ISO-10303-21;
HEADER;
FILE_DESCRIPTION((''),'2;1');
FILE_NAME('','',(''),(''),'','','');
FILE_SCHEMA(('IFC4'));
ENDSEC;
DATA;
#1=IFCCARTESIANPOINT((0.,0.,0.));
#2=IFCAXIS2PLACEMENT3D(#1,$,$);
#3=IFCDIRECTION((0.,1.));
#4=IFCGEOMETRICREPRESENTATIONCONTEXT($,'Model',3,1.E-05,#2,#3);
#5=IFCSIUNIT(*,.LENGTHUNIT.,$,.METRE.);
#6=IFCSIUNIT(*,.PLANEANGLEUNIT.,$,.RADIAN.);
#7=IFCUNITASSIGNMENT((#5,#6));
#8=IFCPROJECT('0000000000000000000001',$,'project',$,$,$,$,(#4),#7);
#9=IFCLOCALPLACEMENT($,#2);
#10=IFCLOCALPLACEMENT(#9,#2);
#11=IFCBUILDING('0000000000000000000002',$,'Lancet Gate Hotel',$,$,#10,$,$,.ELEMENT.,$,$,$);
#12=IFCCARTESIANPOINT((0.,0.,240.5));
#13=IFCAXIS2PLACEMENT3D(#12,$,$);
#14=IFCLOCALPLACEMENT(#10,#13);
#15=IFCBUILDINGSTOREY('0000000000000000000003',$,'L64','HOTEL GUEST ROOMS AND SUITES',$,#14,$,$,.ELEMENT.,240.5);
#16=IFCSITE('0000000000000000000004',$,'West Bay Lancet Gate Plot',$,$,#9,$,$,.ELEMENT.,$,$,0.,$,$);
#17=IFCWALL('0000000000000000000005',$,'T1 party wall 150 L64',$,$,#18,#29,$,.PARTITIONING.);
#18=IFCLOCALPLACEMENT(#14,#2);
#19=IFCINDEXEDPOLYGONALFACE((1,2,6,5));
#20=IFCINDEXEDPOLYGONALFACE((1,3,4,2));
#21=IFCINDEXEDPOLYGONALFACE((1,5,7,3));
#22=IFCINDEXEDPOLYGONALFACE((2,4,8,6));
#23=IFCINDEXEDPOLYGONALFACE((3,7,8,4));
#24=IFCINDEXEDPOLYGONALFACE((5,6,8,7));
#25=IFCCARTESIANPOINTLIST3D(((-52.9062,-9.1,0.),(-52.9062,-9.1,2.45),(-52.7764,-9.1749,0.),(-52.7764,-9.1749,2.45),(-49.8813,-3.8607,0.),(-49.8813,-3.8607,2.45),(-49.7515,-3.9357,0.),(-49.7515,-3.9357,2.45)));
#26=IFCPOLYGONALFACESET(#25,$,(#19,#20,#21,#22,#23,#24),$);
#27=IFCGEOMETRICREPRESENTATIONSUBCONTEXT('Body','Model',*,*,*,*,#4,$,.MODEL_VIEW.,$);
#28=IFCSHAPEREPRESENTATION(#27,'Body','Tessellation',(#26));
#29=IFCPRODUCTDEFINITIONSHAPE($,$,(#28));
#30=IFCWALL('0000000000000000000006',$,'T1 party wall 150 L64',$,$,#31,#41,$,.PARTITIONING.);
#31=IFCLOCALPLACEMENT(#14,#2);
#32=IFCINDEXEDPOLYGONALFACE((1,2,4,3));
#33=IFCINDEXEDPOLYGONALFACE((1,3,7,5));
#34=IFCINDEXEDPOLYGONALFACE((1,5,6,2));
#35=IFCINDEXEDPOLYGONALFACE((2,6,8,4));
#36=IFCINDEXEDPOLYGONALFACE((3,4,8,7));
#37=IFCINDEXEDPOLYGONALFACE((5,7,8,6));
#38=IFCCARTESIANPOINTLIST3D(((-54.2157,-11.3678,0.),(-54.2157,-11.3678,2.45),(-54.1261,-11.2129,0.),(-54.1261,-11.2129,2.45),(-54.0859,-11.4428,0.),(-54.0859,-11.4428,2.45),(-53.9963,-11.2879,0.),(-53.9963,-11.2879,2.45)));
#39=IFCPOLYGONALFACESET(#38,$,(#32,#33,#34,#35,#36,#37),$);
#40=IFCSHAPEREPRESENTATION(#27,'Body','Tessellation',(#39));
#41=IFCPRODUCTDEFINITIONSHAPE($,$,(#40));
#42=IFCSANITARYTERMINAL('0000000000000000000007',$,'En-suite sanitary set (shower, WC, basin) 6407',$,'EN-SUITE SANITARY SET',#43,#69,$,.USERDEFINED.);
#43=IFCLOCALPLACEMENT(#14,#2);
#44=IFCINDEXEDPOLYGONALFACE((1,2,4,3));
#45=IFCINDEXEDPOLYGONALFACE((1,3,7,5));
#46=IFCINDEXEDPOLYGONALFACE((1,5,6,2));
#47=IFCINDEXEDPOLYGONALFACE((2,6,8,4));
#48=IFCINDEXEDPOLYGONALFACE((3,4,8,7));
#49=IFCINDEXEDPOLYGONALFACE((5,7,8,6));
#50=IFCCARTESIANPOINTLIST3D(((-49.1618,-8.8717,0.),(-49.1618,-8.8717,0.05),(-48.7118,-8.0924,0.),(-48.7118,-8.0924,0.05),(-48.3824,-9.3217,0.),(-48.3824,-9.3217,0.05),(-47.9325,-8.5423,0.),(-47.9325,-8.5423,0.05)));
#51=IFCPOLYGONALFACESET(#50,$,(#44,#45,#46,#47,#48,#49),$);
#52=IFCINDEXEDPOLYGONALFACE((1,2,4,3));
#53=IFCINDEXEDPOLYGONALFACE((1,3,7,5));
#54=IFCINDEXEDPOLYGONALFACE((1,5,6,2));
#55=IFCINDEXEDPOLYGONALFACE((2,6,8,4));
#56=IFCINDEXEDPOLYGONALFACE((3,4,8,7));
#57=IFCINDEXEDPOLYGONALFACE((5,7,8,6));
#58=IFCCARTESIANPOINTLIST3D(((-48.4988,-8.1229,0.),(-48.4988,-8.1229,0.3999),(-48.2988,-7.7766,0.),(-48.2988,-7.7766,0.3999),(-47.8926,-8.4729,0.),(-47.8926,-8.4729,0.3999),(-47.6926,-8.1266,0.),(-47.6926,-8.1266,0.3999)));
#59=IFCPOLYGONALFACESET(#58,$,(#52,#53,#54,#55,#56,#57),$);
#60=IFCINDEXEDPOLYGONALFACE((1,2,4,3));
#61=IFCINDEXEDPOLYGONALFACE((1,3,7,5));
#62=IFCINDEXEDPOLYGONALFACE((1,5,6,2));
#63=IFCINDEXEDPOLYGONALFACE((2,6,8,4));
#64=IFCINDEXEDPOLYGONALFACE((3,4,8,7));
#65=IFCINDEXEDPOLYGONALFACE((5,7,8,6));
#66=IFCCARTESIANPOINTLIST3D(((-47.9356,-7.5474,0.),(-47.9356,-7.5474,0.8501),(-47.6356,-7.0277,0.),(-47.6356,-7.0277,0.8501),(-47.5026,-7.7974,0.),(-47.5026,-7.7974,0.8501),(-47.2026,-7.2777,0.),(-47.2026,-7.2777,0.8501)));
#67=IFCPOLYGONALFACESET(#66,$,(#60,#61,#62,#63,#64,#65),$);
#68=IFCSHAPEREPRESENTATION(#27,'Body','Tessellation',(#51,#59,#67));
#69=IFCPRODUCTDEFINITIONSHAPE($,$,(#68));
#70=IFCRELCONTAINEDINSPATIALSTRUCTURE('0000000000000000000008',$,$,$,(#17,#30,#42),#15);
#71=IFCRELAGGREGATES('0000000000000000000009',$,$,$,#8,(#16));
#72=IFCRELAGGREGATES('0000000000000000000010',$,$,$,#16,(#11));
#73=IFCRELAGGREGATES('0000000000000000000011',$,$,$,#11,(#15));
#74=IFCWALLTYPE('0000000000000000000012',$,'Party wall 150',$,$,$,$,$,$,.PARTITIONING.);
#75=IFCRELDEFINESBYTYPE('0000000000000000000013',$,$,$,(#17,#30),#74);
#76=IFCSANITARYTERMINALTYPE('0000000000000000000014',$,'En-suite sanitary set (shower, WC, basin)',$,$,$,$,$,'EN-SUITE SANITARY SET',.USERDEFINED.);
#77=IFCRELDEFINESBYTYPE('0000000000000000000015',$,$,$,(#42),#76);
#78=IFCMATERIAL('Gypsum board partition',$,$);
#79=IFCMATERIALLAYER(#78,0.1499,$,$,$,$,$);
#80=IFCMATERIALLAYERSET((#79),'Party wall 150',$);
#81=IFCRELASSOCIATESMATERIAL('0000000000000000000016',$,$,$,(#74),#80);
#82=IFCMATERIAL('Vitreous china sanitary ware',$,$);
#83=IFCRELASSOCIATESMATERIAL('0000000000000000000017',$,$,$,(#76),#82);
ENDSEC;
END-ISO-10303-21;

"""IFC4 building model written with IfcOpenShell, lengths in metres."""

from ifc_helpers import new_model, si_unit, direction, frame, frame_2d, origin, origin_2d, place, context, subcontext, project, spatial, rectangle, extrude, material, layer, layer_set, type_object, element, save


model = new_model("IFC4")

# Units and contexts
model_context = context("Model", 3, precision=1e-05, world=origin(), true_north=direction((0.0, 1.0)))
body_context = subcontext(model_context, "Body", "Model", "MODEL_VIEW")
ifc_project = project(units=[si_unit("LENGTHUNIT", "METRE"), si_unit("PLANEANGLEUNIT", "RADIAN")], contexts=[model_context])

# Site, building, storey
site_placement = place(None, origin())
site = spatial("IfcSite", under=ifc_project, at=site_placement, Name="West Bay Lancet Gate Plot", CompositionType="ELEMENT", RefElevation=0.0)
building_placement = place(site_placement, origin())
building = spatial("IfcBuilding", under=site, at=building_placement, Name="Lancet Gate Hotel", CompositionType="ELEMENT")
storey_placement = place(building_placement, frame((0.0, 0.0, 240.5)))
storey = spatial("IfcBuildingStorey", under=building, at=storey_placement, Name="L64", Description="HOTEL GUEST ROOMS AND SUITES", CompositionType="ELEMENT", Elevation=240.5)

# Walls
ifc_material_1 = material(Name="Gypsum board partition")
ifc_layer_1 = layer(ifc_material_1, 0.1499)
ifc_layer_set_1 = layer_set([ifc_layer_1], Name="Party wall 150")
wall_type_1 = type_object("IfcWallType", Name="Party wall 150", PredefinedType="PARTITIONING", material=ifc_layer_set_1)
wall_1_placement = place(storey_placement, frame((-49.8164, -3.8982, 0.0), z_axis=(0.0, 0.0, 1.0), x_axis=(-0.500002, -0.866024, 0.0)))
element("IfcWall", 1, at=wall_1_placement, inside=storey, type_object=wall_type_1, Name="T1 party wall 150 L64", PredefinedType="PARTITIONING", context=body_context, shape_type="SweptSolid", body=[
    extrude(rectangle(XDim=6.0498, YDim=0.1499, at=frame_2d((3.0249, 0.0))), origin(), (0.0, 0.0, 1.0), 2.45),
])
wall_2_placement = place(storey_placement, frame((-54.0613, -11.2505, 0.0), z_axis=(0.0, 0.0, 1.0), x_axis=(-0.500391, -0.865799, 0.0)))
element("IfcWall", 2, at=wall_2_placement, inside=storey, type_object=wall_type_1, Name="T1 party wall 150 L64", PredefinedType="PARTITIONING", context=body_context, shape_type="SweptSolid", body=[
    extrude(rectangle(XDim=0.179, YDim=0.1499, at=frame_2d((0.0894, 0.0))), origin(), (0.0, 0.0, 1.0), 2.45),
])

# Sanitary terminal
ifc_material_2 = material(Name="Vitreous china sanitary ware")
sanitary_terminal_type = type_object("IfcSanitaryTerminalType", Name="En-suite sanitary set (shower, WC, basin)", ElementType="EN-SUITE SANITARY SET", PredefinedType="USERDEFINED", material=ifc_material_2)
sanitary_terminal_placement = place(storey_placement, frame((-48.5471, -8.707, 0.0), z_axis=(0.0, 0.0, 1.0), x_axis=(1.0, 0.0, 0.0)))
element("IfcSanitaryTerminal", 3, at=sanitary_terminal_placement, inside=storey, type_object=sanitary_terminal_type, Name="En-suite sanitary set (shower, WC, basin) 6407", ObjectType="EN-SUITE SANITARY SET", PredefinedType="USERDEFINED", context=body_context, shape_type="SweptSolid", body=[
    extrude(rectangle(XDim=0.8999, YDim=0.8999, at=origin_2d()), frame((0.0, 0.0, 0.0), z_axis=(0.0, 0.0, 1.0), x_axis=(-0.5, -0.866025, 0.0)), (0.0, 0.0, 1.0), 0.05),
    extrude(rectangle(XDim=0.3999, YDim=0.7, at=origin_2d()), frame((0.4514, 0.5823, 0.0), z_axis=(0.0, 0.0, 1.0), x_axis=(-0.5, -0.866025, 0.0)), (0.0, 0.0, 1.0), 0.3999),
    extrude(rectangle(XDim=0.6001, YDim=0.5, at=origin_2d()), frame((0.978, 1.2944, 0.0), z_axis=(0.0, 0.0, 1.0), x_axis=(-0.5, -0.866025, 0.0)), (0.0, 0.0, 1.0), 0.8501),
])

save(model, "model.ifc")
